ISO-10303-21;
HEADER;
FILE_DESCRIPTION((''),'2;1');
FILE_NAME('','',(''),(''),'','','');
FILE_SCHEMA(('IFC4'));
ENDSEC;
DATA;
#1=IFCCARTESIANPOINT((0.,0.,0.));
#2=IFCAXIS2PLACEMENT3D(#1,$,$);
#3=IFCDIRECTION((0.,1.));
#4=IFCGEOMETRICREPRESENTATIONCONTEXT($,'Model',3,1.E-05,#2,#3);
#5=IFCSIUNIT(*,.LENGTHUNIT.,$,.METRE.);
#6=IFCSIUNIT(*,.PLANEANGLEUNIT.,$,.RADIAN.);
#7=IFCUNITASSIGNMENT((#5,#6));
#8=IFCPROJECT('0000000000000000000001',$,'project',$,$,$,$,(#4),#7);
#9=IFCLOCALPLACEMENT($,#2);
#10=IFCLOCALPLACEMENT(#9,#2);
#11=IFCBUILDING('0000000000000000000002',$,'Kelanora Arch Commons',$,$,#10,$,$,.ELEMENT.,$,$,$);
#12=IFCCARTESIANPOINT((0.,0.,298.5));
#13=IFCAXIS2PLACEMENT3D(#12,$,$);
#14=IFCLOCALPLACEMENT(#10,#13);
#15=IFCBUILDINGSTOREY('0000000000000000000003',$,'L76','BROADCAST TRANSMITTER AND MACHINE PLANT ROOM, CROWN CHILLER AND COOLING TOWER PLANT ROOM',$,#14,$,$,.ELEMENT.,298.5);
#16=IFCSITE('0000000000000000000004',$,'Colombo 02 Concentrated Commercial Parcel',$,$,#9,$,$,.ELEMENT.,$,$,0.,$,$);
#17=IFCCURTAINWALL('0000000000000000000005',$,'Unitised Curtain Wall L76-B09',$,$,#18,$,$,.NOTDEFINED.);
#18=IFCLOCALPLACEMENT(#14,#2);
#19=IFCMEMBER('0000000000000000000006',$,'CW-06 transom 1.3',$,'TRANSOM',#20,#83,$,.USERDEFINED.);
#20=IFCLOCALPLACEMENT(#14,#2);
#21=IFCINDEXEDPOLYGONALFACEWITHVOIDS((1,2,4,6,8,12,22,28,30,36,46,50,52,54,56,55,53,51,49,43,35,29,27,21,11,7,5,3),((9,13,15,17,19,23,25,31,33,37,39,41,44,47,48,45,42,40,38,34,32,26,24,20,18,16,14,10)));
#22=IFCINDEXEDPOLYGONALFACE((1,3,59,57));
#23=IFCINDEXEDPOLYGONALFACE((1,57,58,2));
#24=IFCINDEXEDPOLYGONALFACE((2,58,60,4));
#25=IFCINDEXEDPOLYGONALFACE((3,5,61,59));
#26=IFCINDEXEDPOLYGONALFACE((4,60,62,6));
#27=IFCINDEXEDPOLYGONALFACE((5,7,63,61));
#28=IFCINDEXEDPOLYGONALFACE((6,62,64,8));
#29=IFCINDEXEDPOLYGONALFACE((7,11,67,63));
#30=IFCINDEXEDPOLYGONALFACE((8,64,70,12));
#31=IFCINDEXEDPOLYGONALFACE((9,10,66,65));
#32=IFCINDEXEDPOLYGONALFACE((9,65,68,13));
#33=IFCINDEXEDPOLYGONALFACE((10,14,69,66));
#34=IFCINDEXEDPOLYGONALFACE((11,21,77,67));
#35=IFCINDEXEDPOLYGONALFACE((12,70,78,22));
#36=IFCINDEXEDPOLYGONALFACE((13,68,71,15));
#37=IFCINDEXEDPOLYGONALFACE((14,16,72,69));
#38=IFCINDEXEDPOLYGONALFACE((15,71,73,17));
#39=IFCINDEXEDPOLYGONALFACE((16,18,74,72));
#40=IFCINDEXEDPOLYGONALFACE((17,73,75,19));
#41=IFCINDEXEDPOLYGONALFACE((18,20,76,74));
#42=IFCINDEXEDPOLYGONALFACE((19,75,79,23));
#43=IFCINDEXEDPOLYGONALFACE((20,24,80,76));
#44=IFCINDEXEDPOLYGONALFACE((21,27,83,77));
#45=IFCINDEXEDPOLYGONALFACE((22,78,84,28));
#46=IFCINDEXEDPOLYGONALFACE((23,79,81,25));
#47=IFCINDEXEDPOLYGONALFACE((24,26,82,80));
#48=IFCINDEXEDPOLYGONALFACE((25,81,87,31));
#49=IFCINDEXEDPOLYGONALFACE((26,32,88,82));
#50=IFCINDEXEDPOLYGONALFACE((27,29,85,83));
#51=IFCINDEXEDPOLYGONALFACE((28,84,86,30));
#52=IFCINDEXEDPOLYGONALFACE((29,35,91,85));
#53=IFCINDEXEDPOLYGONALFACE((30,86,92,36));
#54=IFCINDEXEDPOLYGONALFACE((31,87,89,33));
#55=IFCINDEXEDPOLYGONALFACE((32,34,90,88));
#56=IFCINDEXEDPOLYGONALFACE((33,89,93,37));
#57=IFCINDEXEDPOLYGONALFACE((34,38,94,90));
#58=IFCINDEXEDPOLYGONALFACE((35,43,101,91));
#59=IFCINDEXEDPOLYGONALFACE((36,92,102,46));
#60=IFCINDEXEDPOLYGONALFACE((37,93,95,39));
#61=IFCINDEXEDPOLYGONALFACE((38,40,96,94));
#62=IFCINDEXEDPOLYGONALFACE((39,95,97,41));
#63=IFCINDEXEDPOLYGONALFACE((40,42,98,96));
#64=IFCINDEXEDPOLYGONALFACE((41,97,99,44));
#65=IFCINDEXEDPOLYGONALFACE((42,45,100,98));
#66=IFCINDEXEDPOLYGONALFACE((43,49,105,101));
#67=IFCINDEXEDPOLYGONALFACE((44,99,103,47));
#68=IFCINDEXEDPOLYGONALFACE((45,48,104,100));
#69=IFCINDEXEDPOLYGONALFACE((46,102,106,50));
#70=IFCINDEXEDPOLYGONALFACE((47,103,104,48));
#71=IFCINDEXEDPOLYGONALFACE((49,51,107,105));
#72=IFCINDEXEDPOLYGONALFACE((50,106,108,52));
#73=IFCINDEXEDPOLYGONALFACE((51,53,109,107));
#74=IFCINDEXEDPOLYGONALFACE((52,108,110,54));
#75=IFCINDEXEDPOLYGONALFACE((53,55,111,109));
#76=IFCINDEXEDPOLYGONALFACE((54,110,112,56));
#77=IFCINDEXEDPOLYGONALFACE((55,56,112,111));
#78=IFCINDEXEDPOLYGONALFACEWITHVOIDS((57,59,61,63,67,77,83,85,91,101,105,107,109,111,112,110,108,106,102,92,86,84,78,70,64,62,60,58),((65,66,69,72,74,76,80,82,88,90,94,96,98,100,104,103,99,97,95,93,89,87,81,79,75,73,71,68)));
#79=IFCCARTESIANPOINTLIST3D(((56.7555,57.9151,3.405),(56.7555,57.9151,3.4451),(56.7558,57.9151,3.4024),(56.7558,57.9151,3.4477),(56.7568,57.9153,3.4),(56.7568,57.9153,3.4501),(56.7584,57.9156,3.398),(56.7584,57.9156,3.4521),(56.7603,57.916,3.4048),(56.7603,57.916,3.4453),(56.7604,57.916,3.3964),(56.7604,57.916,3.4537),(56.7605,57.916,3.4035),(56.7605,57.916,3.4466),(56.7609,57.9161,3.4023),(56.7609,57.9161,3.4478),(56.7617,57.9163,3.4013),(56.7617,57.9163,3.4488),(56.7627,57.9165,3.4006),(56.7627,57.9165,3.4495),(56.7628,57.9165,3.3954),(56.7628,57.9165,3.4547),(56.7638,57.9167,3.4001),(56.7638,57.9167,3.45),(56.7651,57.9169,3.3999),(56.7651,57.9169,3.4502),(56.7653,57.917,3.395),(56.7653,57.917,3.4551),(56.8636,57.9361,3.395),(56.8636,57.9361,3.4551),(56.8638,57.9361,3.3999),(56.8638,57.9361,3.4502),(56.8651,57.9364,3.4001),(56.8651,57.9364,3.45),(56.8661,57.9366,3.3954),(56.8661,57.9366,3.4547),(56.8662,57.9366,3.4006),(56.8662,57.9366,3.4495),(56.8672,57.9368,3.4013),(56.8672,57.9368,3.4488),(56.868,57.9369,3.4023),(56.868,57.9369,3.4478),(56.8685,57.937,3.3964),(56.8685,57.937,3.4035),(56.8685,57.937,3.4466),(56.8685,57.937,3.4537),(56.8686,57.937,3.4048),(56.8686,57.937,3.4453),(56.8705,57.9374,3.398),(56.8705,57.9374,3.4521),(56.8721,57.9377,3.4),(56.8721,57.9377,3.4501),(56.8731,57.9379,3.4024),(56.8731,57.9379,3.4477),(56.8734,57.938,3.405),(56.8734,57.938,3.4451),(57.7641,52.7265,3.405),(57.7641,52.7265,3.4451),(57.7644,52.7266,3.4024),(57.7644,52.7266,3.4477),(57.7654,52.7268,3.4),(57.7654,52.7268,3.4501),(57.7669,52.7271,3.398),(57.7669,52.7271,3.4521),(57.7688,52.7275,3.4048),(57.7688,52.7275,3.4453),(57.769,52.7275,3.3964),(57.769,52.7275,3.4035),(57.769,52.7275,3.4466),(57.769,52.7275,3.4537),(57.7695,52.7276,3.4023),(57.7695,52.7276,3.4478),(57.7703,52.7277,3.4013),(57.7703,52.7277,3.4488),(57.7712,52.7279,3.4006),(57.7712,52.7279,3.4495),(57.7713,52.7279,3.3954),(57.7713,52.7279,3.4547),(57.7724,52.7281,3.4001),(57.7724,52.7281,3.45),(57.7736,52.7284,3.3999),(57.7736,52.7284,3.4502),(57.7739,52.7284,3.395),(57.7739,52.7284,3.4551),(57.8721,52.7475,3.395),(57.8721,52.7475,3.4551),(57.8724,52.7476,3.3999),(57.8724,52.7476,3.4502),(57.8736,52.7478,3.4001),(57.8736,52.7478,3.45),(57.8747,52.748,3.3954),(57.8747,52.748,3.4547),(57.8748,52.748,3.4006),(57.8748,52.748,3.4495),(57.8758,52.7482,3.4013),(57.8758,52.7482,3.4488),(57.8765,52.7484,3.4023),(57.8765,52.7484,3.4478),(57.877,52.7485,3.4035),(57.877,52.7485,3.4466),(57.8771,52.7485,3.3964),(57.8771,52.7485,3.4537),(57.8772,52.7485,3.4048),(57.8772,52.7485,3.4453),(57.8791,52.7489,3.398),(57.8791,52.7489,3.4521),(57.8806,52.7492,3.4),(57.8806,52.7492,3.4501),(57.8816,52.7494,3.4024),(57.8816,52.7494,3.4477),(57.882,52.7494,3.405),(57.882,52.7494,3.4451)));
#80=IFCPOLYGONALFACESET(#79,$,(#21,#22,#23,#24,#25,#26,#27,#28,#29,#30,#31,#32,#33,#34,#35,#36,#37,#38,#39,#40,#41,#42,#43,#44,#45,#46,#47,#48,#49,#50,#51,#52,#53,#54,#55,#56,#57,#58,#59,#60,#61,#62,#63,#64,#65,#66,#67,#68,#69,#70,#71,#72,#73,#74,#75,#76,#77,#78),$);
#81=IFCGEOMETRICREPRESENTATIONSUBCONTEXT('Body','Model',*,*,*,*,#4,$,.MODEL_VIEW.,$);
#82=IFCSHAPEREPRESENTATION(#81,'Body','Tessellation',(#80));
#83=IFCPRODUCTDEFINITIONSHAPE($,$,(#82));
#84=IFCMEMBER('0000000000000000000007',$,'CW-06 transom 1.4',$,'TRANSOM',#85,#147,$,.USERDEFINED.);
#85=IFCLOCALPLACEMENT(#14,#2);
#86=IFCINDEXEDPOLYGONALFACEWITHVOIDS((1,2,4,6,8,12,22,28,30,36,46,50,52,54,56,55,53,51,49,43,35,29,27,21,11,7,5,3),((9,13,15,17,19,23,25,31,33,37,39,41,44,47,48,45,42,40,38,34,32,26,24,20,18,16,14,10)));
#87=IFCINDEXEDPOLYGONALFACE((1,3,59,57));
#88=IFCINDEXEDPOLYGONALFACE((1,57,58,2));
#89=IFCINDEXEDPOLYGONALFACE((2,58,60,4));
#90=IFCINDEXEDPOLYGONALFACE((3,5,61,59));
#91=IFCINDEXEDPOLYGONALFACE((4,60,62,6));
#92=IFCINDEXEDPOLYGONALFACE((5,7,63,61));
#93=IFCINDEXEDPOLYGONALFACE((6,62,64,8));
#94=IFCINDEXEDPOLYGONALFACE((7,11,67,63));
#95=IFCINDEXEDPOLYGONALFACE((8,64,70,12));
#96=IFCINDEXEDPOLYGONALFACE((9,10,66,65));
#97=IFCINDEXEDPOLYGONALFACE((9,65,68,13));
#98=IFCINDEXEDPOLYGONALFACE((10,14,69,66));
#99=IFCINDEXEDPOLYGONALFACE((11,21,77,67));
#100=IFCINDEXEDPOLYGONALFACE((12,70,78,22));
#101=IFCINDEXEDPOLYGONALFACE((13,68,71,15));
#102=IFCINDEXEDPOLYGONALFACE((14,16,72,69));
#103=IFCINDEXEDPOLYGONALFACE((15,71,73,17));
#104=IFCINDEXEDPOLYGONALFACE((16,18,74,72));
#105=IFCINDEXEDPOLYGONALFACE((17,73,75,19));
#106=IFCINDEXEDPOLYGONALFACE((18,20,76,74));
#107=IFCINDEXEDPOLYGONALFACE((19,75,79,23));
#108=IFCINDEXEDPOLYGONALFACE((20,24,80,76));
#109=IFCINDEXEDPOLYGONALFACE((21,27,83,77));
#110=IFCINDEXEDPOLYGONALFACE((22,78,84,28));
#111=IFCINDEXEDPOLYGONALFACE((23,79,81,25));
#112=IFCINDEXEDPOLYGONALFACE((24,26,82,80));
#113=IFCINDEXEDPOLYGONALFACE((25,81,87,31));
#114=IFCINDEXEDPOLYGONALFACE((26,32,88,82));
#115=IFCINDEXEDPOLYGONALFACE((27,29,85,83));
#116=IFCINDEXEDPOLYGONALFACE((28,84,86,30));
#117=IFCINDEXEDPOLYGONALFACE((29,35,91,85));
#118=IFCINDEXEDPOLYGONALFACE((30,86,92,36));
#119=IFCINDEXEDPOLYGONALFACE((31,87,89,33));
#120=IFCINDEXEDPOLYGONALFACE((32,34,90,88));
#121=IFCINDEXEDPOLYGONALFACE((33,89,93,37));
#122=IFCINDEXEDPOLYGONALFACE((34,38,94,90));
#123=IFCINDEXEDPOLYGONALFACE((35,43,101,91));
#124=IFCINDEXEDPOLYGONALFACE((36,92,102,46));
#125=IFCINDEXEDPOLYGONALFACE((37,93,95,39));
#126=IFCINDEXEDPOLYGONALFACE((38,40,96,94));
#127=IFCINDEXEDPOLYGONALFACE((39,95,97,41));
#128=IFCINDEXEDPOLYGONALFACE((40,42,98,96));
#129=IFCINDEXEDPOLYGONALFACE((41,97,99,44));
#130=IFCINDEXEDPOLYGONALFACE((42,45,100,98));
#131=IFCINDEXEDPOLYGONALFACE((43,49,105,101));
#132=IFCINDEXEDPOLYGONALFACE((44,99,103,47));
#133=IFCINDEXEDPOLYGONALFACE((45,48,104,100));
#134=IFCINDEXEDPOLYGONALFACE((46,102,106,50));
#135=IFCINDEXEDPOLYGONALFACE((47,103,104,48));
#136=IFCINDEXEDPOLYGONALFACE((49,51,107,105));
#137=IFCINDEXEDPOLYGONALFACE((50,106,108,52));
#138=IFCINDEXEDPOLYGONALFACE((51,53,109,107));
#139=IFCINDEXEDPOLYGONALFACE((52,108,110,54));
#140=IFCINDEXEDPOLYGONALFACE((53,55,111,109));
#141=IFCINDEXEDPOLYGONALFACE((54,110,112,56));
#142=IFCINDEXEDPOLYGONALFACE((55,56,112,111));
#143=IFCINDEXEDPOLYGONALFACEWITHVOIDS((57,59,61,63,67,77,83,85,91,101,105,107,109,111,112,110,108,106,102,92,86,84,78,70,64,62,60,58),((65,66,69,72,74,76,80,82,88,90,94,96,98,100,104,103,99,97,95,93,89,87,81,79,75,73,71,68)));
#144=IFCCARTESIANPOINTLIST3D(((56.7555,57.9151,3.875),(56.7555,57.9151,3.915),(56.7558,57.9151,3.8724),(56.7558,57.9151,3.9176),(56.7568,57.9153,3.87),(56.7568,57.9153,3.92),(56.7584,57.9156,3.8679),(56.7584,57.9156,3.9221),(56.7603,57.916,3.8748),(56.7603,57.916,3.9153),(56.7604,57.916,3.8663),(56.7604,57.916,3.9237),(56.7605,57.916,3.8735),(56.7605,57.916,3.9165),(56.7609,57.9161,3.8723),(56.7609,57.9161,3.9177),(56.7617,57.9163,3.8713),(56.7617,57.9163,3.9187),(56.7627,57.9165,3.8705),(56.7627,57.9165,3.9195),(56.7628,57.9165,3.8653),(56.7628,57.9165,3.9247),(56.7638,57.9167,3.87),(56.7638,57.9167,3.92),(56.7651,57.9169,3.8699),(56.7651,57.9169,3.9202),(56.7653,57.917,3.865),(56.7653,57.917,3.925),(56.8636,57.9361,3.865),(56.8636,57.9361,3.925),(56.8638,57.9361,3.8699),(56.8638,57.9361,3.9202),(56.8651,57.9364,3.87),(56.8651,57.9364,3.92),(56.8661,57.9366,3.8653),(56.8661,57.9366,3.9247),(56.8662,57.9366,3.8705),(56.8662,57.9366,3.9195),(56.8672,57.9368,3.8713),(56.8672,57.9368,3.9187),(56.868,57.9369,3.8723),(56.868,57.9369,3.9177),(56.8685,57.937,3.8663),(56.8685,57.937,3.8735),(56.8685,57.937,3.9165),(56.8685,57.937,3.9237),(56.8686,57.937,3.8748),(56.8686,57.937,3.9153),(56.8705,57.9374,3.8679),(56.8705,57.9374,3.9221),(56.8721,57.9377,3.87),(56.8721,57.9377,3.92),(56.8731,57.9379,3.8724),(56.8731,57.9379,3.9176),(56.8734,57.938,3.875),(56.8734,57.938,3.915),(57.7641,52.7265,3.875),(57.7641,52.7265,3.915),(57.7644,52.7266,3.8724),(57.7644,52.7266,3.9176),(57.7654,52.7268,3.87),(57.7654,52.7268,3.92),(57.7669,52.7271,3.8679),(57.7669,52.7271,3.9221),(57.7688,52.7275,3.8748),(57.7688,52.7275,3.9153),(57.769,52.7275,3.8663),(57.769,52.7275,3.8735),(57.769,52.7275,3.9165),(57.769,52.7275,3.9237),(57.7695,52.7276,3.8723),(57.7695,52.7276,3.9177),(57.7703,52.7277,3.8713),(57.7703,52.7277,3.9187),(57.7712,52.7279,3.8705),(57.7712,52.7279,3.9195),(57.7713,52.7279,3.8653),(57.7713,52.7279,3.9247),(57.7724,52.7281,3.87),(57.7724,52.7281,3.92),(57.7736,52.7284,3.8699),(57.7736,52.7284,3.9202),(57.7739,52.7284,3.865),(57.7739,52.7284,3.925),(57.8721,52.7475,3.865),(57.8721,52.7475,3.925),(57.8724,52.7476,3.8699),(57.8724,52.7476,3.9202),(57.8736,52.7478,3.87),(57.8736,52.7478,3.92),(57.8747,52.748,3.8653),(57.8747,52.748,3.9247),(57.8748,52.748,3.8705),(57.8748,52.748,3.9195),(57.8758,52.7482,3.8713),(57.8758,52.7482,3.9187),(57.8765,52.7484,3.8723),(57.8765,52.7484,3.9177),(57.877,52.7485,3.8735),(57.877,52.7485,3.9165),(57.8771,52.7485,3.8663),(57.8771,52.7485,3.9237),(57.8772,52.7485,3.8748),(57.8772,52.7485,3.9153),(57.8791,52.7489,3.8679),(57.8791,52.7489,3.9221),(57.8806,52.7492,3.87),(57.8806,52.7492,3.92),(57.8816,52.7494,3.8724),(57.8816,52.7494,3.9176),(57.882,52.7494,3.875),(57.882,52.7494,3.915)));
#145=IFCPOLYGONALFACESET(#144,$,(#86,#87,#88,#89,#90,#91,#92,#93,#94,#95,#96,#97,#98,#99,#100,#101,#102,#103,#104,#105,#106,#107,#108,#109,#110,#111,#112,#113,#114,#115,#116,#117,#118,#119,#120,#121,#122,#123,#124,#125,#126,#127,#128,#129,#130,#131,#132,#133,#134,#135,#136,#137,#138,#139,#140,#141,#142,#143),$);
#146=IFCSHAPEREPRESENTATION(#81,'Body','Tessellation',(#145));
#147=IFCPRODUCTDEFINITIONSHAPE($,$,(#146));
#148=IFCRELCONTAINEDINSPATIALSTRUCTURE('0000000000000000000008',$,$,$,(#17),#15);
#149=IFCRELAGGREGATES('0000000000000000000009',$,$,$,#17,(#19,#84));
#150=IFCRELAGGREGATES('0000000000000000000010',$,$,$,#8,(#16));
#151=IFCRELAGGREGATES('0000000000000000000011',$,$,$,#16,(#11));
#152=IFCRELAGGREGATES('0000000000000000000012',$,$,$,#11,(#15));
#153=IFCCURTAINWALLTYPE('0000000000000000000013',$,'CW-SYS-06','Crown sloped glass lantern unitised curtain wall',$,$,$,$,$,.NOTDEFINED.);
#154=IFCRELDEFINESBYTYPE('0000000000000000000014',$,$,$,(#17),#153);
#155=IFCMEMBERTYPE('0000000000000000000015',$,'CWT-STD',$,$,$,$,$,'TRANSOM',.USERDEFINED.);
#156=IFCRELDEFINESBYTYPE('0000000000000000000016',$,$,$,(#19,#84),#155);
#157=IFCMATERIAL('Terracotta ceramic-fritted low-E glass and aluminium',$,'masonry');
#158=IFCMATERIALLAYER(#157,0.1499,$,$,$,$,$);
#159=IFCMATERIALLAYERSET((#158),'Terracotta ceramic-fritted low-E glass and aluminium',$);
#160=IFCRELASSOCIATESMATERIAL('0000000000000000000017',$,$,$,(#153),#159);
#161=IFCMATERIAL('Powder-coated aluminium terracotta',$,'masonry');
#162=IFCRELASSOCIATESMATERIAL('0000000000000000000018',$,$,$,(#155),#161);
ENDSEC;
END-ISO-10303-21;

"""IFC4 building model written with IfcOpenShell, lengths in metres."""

from ifc_helpers import new_model, si_unit, direction, frame, origin, origin_2d, place, context, subcontext, project, spatial, hollow_rectangle, extrude, material, layer, layer_set, material_profile, profile_set, type_object, element, aggregate, save


model = new_model("IFC4")

# Units and contexts
model_context = context("Model", 3, precision=1e-05, world=origin(), true_north=direction((0.0, 1.0)))
body_context = subcontext(model_context, "Body", "Model", "MODEL_VIEW")
ifc_project = project(units=[si_unit("LENGTHUNIT", "METRE"), si_unit("PLANEANGLEUNIT", "RADIAN")], contexts=[model_context])

# Site, building, storey
site_placement = place(None, origin())
site = spatial("IfcSite", under=ifc_project, at=site_placement, Name="Colombo 02 Concentrated Commercial Parcel", CompositionType="ELEMENT", RefElevation=0.0)
building_placement = place(site_placement, origin())
building = spatial("IfcBuilding", under=site, at=building_placement, Name="Kelanora Arch Commons", CompositionType="ELEMENT")
storey_placement = place(building_placement, frame((0.0, 0.0, 298.5)))
storey = spatial("IfcBuildingStorey", under=building, at=storey_placement, Name="L76", Description="BROADCAST TRANSMITTER AND MACHINE PLANT ROOM, CROWN CHILLER AND COOLING TOWER PLANT ROOM", CompositionType="ELEMENT", Elevation=298.5)

# Curtain wall
ifc_material_1 = material(Name="Terracotta ceramic-fritted low-E glass and aluminium", Category="masonry")
ifc_layer_1 = layer(ifc_material_1, 0.1499)
ifc_layer_set_1 = layer_set([ifc_layer_1], Name="Terracotta ceramic-fritted low-E glass and aluminium")
curtain_wall_type = type_object("IfcCurtainWallType", Name="CW-SYS-06", Description="Crown sloped glass lantern unitised curtain wall", PredefinedType="NOTDEFINED", material=ifc_layer_set_1)
curtain_wall_1_placement = place(storey_placement, origin())
curtain_wall_1 = element("IfcCurtainWall", 1, at=curtain_wall_1_placement, inside=storey, type_object=curtain_wall_type, Name="Unitised Curtain Wall L76-B09", PredefinedType="NOTDEFINED")
ifc_material_2 = material(Name="Powder-coated aluminium terracotta", Category="masonry")

# Members
ifc_material_profile_1 = material_profile(ifc_material_2, hollow_rectangle(XDim=0.1201, YDim=0.0601, WallThickness=0.0049, InnerFilletRadius=0.0049, OuterFilletRadius=0.01, at=origin_2d()), Name="CWT120x60")
ifc_profile_set_1 = profile_set([ifc_material_profile_1], Name="Powder-coated aluminium terracotta")
member_type_1 = type_object("IfcMemberType", Name="CWT-STD", ElementType="TRANSOM", PredefinedType="USERDEFINED", material=ifc_profile_set_1)
member_1_placement = place(storey_placement, frame((56.8145, 57.9265, 3.425), z_axis=(0.19081, -0.981627, 0.0), x_axis=(0.981627, 0.19081, 0.0)))
member_1 = element("IfcMember", 2, at=member_1_placement, type_object=member_type_1, Name="CW-06 transom 1.3", ObjectType="TRANSOM", PredefinedType="USERDEFINED", context=body_context, shape_type="SweptSolid", body=[
    extrude(hollow_rectangle(XDim=0.1201, YDim=0.0601, WallThickness=0.0049, InnerFilletRadius=0.0049, OuterFilletRadius=0.01, at=origin_2d()), origin(), (0.0, 0.0, 1.0), 5.2856),
])
member_2_placement = place(storey_placement, frame((56.8145, 57.9265, 3.895), z_axis=(0.19081, -0.981627, 0.0), x_axis=(0.981627, 0.19081, 0.0)))
member_2 = element("IfcMember", 3, at=member_2_placement, type_object=member_type_1, Name="CW-06 transom 1.4", ObjectType="TRANSOM", PredefinedType="USERDEFINED", context=body_context, shape_type="SweptSolid", body=[
    extrude(hollow_rectangle(XDim=0.1201, YDim=0.0601, WallThickness=0.0049, InnerFilletRadius=0.0049, OuterFilletRadius=0.01, at=origin_2d()), origin(), (0.0, 0.0, 1.0), 5.2856),
])

aggregate(curtain_wall_1, [member_1, member_2])

save(model, "model.ifc")
